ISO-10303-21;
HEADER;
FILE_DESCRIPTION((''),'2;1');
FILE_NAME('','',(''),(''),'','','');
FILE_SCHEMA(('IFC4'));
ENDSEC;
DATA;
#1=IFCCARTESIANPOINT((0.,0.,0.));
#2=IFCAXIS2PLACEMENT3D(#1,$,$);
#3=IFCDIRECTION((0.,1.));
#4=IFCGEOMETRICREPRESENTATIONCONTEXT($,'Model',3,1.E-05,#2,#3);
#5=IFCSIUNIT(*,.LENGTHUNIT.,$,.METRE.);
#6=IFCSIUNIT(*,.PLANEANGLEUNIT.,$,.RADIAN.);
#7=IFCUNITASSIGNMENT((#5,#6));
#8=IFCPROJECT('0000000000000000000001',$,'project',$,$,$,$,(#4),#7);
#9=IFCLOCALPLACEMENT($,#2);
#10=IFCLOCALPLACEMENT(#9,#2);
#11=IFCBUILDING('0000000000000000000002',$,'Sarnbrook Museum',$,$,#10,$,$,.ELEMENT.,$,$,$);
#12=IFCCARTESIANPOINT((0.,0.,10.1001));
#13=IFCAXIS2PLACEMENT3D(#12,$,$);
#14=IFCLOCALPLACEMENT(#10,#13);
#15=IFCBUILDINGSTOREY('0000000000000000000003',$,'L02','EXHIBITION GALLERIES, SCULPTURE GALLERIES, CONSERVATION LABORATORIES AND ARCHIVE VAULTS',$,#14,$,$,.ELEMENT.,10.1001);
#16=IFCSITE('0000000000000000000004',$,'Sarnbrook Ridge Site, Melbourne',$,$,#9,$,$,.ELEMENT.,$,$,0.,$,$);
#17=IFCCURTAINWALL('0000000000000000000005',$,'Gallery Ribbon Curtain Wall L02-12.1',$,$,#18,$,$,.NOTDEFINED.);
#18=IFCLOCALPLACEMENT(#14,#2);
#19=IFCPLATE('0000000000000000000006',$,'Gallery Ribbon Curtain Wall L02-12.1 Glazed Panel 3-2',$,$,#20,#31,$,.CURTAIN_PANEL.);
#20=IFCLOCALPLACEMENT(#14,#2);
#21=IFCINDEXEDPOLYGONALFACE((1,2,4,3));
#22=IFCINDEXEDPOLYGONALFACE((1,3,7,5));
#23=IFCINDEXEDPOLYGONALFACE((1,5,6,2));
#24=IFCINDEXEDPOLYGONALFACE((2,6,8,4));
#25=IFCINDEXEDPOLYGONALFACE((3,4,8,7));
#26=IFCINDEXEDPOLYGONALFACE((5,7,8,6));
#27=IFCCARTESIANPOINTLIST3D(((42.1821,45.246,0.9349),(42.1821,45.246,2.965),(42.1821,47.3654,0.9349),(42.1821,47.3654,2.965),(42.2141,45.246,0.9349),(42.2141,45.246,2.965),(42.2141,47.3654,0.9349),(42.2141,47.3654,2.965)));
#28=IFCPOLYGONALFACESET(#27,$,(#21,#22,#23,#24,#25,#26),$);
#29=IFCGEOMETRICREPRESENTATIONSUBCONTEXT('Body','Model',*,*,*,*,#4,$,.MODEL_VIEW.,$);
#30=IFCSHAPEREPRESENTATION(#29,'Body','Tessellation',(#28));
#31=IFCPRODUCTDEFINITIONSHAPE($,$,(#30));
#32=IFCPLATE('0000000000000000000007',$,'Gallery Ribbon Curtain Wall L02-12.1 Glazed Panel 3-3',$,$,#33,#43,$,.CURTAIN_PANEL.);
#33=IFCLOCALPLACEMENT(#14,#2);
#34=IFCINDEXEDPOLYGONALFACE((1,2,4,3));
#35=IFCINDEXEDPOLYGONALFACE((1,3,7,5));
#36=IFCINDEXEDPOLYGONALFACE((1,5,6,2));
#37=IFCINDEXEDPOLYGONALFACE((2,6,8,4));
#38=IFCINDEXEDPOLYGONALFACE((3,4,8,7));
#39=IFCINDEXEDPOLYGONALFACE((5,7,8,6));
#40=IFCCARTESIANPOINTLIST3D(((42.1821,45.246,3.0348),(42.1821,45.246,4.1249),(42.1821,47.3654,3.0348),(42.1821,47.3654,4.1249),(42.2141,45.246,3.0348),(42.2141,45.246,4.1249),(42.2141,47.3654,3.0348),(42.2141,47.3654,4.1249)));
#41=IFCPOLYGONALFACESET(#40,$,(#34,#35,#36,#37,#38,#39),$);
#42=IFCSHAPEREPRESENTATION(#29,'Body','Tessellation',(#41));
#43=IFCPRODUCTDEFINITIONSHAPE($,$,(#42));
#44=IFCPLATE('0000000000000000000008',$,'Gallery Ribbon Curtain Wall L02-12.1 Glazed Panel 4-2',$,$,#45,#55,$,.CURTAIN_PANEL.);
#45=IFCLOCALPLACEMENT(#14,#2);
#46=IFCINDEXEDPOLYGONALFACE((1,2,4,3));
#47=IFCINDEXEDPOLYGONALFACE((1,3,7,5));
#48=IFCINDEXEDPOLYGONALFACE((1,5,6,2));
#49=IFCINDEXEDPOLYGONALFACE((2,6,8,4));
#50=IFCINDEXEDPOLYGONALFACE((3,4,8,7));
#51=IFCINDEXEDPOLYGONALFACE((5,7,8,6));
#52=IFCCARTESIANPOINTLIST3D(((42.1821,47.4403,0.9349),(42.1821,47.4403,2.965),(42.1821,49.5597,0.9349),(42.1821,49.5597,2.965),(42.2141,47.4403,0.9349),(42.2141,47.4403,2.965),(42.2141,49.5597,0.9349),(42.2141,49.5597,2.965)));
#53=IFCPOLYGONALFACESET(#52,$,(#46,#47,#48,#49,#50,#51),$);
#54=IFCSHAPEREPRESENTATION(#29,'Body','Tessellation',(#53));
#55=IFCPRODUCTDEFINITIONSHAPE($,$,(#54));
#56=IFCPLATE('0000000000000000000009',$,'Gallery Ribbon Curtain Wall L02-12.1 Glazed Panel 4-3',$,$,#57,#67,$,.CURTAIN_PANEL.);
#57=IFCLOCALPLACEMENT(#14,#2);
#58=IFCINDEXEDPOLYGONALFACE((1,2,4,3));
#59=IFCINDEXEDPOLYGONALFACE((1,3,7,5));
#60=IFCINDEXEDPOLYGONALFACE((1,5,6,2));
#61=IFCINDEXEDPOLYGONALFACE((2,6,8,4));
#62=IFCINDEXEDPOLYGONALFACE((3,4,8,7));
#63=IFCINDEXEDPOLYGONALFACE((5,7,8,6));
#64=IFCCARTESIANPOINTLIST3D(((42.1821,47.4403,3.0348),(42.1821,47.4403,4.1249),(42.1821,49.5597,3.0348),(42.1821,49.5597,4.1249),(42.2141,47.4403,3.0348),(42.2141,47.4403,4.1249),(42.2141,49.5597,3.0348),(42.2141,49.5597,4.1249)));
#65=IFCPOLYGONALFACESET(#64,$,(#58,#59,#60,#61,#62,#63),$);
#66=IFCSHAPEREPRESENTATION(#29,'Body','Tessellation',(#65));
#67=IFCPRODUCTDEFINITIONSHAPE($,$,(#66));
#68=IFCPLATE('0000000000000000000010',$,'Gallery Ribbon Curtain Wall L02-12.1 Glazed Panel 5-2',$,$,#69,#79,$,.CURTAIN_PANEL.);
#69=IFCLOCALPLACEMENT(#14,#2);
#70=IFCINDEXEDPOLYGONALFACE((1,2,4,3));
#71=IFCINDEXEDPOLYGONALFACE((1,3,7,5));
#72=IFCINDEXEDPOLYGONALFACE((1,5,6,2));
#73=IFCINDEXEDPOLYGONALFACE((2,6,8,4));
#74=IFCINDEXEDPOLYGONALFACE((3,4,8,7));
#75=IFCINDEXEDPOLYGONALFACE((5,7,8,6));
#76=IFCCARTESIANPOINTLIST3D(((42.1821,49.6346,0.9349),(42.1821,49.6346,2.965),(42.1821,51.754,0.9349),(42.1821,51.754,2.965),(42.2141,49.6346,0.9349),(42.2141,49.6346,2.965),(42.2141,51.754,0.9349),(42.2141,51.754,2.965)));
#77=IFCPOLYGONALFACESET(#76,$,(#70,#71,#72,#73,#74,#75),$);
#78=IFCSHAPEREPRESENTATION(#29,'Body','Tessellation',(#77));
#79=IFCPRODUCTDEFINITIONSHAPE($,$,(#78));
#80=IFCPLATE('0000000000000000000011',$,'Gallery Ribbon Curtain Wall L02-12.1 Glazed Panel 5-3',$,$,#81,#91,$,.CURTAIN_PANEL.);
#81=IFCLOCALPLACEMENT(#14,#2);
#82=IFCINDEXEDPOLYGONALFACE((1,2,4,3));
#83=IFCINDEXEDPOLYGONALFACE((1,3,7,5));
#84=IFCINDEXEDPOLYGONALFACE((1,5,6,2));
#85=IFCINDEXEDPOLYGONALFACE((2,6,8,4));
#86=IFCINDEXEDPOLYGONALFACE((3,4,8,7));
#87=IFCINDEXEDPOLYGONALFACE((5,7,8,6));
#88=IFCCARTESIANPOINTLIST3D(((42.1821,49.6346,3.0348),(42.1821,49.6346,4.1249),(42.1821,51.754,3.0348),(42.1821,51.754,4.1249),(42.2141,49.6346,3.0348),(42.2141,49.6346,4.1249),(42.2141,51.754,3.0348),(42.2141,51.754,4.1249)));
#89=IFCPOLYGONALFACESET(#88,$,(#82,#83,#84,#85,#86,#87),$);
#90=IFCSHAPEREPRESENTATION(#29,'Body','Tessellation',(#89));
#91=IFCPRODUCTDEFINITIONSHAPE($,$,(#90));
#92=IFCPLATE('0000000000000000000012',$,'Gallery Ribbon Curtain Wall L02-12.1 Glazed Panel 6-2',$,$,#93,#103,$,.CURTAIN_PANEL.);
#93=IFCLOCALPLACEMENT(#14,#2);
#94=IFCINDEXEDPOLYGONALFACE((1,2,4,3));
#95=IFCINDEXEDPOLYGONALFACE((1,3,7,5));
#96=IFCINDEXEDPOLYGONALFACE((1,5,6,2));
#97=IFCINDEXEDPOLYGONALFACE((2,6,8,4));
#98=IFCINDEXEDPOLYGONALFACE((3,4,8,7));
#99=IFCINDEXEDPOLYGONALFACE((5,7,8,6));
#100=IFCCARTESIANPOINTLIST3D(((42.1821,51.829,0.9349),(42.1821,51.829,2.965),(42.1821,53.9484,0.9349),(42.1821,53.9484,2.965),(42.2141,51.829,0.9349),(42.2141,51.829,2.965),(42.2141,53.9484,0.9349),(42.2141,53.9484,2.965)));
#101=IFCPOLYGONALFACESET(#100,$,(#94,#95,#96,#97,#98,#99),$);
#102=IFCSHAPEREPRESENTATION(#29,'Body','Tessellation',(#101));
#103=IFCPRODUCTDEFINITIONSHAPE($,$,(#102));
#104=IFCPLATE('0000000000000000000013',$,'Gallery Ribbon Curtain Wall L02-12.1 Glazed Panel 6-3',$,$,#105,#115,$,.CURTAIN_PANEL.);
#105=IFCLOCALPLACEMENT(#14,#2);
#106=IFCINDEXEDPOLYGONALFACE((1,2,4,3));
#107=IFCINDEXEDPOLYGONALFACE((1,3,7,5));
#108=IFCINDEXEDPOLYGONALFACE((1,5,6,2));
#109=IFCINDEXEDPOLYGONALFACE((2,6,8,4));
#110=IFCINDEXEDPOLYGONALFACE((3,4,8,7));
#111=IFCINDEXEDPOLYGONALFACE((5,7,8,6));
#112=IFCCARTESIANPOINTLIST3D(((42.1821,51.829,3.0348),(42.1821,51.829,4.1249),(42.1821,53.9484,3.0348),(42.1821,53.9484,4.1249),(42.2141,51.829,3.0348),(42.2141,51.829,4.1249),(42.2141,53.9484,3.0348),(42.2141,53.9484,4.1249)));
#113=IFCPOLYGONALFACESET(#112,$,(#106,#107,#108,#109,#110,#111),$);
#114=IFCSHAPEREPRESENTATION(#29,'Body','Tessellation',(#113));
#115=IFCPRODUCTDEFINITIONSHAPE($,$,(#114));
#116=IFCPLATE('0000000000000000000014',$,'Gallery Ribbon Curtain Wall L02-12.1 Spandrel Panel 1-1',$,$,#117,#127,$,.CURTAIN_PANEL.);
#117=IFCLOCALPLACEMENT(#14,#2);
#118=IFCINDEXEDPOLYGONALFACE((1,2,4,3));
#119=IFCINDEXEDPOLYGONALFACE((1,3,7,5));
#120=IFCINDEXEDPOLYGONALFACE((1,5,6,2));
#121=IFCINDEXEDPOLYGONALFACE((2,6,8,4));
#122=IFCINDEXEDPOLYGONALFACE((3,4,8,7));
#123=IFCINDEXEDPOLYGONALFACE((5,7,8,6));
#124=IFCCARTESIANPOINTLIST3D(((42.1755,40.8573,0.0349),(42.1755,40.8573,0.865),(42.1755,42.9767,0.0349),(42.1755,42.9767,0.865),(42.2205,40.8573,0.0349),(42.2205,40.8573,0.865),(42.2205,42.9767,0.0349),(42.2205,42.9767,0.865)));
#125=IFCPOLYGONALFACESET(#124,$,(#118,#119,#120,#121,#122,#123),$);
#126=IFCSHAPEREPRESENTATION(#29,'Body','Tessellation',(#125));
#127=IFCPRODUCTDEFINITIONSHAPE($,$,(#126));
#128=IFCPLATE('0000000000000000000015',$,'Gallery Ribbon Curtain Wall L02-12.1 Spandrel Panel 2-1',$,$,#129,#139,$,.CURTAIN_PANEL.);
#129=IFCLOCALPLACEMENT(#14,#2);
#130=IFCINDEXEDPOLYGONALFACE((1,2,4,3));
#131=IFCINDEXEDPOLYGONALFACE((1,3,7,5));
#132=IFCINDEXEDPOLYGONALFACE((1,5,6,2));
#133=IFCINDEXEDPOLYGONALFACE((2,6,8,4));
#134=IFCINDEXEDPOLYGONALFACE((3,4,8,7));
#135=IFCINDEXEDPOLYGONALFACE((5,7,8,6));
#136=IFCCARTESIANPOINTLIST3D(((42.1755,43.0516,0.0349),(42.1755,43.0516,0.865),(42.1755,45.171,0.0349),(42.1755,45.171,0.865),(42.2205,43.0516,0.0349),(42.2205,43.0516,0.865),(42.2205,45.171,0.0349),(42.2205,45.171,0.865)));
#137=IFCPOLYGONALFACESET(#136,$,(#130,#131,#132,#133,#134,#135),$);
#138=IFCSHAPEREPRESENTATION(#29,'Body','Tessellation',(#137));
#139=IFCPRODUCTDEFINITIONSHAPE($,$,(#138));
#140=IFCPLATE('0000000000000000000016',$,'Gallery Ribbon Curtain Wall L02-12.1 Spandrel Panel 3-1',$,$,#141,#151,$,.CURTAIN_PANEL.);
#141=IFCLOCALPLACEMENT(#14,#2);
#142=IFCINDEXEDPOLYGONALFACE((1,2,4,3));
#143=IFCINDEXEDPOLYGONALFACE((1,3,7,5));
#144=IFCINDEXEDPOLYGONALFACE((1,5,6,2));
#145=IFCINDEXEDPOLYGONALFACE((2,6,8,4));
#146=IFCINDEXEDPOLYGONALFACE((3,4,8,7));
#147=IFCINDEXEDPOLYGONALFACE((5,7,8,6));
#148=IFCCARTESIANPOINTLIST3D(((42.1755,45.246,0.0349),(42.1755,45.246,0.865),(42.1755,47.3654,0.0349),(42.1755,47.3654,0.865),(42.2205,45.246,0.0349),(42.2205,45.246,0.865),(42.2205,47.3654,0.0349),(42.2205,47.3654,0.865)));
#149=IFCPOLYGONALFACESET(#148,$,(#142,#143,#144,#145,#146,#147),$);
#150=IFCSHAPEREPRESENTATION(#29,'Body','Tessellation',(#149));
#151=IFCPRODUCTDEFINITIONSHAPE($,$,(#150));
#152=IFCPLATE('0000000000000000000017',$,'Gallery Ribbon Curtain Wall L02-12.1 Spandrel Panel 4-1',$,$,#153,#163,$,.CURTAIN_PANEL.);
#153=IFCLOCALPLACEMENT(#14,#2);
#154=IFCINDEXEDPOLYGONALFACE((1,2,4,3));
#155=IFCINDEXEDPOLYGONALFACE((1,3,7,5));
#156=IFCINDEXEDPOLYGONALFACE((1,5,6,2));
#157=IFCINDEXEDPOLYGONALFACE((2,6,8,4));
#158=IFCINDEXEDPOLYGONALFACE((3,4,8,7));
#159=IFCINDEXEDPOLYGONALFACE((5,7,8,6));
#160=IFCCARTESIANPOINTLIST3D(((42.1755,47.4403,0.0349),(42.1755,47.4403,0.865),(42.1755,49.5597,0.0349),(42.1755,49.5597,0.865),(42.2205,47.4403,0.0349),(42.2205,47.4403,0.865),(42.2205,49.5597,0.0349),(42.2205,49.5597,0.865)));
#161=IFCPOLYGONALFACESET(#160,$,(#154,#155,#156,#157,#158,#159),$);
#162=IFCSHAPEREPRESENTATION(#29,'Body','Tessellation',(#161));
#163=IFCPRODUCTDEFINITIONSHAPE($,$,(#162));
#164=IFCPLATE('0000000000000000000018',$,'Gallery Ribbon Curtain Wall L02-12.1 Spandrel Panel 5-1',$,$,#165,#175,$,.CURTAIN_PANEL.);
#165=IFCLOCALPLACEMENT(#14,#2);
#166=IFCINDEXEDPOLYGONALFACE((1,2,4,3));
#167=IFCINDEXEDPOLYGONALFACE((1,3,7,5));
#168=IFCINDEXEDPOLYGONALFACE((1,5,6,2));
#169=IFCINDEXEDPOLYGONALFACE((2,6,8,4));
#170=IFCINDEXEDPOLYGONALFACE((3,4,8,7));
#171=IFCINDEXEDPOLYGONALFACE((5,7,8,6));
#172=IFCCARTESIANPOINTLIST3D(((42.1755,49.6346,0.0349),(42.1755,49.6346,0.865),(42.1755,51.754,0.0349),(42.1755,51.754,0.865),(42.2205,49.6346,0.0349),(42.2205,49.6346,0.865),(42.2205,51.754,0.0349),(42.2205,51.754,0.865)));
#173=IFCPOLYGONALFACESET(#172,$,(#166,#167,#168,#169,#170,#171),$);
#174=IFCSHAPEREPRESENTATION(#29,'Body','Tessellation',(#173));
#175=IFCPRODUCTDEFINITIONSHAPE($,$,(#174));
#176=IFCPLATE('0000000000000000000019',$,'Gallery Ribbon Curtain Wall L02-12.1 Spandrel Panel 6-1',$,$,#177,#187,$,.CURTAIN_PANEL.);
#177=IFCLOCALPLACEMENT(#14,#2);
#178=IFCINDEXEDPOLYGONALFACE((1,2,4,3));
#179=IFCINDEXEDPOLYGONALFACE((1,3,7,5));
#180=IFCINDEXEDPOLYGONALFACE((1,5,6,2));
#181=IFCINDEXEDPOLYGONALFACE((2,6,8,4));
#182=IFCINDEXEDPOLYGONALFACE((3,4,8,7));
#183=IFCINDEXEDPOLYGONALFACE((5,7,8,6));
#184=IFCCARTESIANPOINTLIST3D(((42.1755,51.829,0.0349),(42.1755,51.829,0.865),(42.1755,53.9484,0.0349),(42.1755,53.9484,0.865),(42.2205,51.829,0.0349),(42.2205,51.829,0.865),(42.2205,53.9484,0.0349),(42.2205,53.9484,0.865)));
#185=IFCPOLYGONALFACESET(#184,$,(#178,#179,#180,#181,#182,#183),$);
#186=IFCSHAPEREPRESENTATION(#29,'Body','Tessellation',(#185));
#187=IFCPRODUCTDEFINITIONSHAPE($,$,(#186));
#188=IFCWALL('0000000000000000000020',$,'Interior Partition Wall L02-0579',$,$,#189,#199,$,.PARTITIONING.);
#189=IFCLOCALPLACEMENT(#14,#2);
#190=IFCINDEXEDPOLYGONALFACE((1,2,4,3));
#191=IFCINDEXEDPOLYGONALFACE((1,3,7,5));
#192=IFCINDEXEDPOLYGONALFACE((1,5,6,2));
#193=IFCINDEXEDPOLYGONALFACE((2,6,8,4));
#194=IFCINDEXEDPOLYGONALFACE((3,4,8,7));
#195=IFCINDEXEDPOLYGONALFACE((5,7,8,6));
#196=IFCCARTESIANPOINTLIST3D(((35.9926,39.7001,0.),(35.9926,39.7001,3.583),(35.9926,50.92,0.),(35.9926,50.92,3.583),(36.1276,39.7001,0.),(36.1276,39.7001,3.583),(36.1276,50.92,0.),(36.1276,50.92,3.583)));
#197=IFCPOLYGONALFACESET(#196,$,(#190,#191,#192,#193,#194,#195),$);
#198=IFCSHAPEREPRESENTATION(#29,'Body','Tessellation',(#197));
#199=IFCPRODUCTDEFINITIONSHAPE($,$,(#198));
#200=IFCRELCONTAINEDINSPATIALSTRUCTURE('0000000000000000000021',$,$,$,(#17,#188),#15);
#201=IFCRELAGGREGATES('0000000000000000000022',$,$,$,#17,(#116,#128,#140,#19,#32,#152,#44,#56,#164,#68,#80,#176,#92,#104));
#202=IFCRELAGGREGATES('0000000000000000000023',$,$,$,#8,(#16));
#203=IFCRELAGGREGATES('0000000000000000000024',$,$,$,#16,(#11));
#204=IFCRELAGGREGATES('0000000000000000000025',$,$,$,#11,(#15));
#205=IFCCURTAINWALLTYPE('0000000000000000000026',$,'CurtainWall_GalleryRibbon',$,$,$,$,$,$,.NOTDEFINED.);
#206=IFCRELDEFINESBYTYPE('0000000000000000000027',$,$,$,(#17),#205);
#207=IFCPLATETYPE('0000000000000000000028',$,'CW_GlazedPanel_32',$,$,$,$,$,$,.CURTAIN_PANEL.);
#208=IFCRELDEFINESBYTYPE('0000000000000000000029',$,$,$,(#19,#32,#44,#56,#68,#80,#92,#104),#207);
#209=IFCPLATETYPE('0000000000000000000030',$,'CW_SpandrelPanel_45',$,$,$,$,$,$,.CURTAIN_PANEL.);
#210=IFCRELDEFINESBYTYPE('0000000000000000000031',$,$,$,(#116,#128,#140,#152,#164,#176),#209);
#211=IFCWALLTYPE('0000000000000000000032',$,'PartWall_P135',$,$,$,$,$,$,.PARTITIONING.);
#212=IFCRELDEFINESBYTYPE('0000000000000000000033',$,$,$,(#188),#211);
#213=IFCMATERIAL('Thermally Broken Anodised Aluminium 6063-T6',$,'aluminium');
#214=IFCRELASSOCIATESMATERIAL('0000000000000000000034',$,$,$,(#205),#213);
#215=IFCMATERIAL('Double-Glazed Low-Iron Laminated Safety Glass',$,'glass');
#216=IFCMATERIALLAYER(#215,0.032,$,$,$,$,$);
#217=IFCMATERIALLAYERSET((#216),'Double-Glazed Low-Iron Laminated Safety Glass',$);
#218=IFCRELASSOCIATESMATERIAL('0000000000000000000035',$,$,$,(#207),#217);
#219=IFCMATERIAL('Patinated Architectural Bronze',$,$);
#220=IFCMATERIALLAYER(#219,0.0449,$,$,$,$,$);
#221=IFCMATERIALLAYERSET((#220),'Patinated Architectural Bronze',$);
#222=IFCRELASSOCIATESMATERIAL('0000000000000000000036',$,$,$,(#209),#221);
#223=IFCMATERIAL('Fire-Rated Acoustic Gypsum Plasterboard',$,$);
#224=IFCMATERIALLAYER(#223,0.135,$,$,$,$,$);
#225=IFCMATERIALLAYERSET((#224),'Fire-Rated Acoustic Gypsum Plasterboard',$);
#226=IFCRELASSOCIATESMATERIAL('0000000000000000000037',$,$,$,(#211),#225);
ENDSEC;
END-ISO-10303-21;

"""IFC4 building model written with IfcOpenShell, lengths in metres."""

from ifc_helpers import new_model, si_unit, direction, frame, frame_2d, origin, origin_2d, place, context, subcontext, project, spatial, rectangle, extrude, material, layer, layer_set, type_object, element, aggregate, save


model = new_model("IFC4")

# Units and contexts
model_context = context("Model", 3, precision=1e-05, world=origin(), true_north=direction((0.0, 1.0)))
body_context = subcontext(model_context, "Body", "Model", "MODEL_VIEW")
ifc_project = project(units=[si_unit("LENGTHUNIT", "METRE"), si_unit("PLANEANGLEUNIT", "RADIAN")], contexts=[model_context])

# Site, building, storey
site_placement = place(None, origin())
site = spatial("IfcSite", under=ifc_project, at=site_placement, Name="Sarnbrook Ridge Site, Melbourne", CompositionType="ELEMENT", RefElevation=0.0)
building_placement = place(site_placement, origin())
building = spatial("IfcBuilding", under=site, at=building_placement, Name="Sarnbrook Museum", CompositionType="ELEMENT")
storey_placement = place(building_placement, frame((0.0, 0.0, 10.1001)))
storey = spatial("IfcBuildingStorey", under=building, at=storey_placement, Name="L02", Description="EXHIBITION GALLERIES, SCULPTURE GALLERIES, CONSERVATION LABORATORIES AND ARCHIVE VAULTS", CompositionType="ELEMENT", Elevation=10.1001)

# Curtain wall, plates
ifc_material_1 = material(Name="Thermally Broken Anodised Aluminium 6063-T6", Category="aluminium")
curtain_wall_type = type_object("IfcCurtainWallType", Name="CurtainWall_GalleryRibbon", PredefinedType="NOTDEFINED", material=ifc_material_1)
curtain_wall_placement = place(storey_placement, origin())
curtain_wall = element("IfcCurtainWall", 1, at=curtain_wall_placement, inside=storey, type_object=curtain_wall_type, Name="Gallery Ribbon Curtain Wall L02-12.1", PredefinedType="NOTDEFINED")
ifc_material_2 = material(Name="Double-Glazed Low-Iron Laminated Safety Glass", Category="glass")
ifc_layer_1 = layer(ifc_material_2, 0.032)
ifc_layer_set_1 = layer_set([ifc_layer_1], Name="Double-Glazed Low-Iron Laminated Safety Glass")
plate_type_1 = type_object("IfcPlateType", Name="CW_GlazedPanel_32", PredefinedType="CURTAIN_PANEL", material=ifc_layer_set_1)
plate_1_placement = place(storey_placement, frame((42.1821, 46.3057, 1.95), z_axis=(1.0, 0.0, 0.0), x_axis=(0.0, 1.0, 0.0)))
plate_1 = element("IfcPlate", 2, at=plate_1_placement, type_object=plate_type_1, Name="Gallery Ribbon Curtain Wall L02-12.1 Glazed Panel 3-2", PredefinedType="CURTAIN_PANEL", context=body_context, shape_type="SweptSolid", body=[
    extrude(rectangle(XDim=2.1194, YDim=2.03, at=origin_2d()), origin(), (0.0, 0.0, 1.0), 0.032),
])
plate_2_placement = place(storey_placement, frame((42.1821, 46.3057, 3.5798), z_axis=(1.0, 0.0, 0.0), x_axis=(0.0, 1.0, 0.0)))
plate_2 = element("IfcPlate", 3, at=plate_2_placement, type_object=plate_type_1, Name="Gallery Ribbon Curtain Wall L02-12.1 Glazed Panel 3-3", PredefinedType="CURTAIN_PANEL", context=body_context, shape_type="SweptSolid", body=[
    extrude(rectangle(XDim=2.1194, YDim=1.0901, at=origin_2d()), origin(), (0.0, 0.0, 1.0), 0.032),
])
plate_3_placement = place(storey_placement, frame((42.1821, 48.5, 1.95), z_axis=(1.0, 0.0, 0.0), x_axis=(0.0, 1.0, 0.0)))
plate_3 = element("IfcPlate", 4, at=plate_3_placement, type_object=plate_type_1, Name="Gallery Ribbon Curtain Wall L02-12.1 Glazed Panel 4-2", PredefinedType="CURTAIN_PANEL", context=body_context, shape_type="SweptSolid", body=[
    extrude(rectangle(XDim=2.1194, YDim=2.03, at=origin_2d()), origin(), (0.0, 0.0, 1.0), 0.032),
])
plate_4_placement = place(storey_placement, frame((42.1821, 48.5, 3.5798), z_axis=(1.0, 0.0, 0.0), x_axis=(0.0, 1.0, 0.0)))
plate_4 = element("IfcPlate", 5, at=plate_4_placement, type_object=plate_type_1, Name="Gallery Ribbon Curtain Wall L02-12.1 Glazed Panel 4-3", PredefinedType="CURTAIN_PANEL", context=body_context, shape_type="SweptSolid", body=[
    extrude(rectangle(XDim=2.1194, YDim=1.0901, at=origin_2d()), origin(), (0.0, 0.0, 1.0), 0.032),
])
plate_5_placement = place(storey_placement, frame((42.1821, 50.6943, 1.95), z_axis=(1.0, 0.0, 0.0), x_axis=(0.0, 1.0, 0.0)))
plate_5 = element("IfcPlate", 6, at=plate_5_placement, type_object=plate_type_1, Name="Gallery Ribbon Curtain Wall L02-12.1 Glazed Panel 5-2", PredefinedType="CURTAIN_PANEL", context=body_context, shape_type="SweptSolid", body=[
    extrude(rectangle(XDim=2.1194, YDim=2.03, at=origin_2d()), origin(), (0.0, 0.0, 1.0), 0.032),
])
plate_6_placement = place(storey_placement, frame((42.1821, 50.6943, 3.5798), z_axis=(1.0, 0.0, 0.0), x_axis=(0.0, 1.0, 0.0)))
plate_6 = element("IfcPlate", 7, at=plate_6_placement, type_object=plate_type_1, Name="Gallery Ribbon Curtain Wall L02-12.1 Glazed Panel 5-3", PredefinedType="CURTAIN_PANEL", context=body_context, shape_type="SweptSolid", body=[
    extrude(rectangle(XDim=2.1194, YDim=1.0901, at=origin_2d()), origin(), (0.0, 0.0, 1.0), 0.032),
])
plate_7_placement = place(storey_placement, frame((42.1821, 52.8887, 1.95), z_axis=(1.0, 0.0, 0.0), x_axis=(0.0, 1.0, 0.0)))
plate_7 = element("IfcPlate", 8, at=plate_7_placement, type_object=plate_type_1, Name="Gallery Ribbon Curtain Wall L02-12.1 Glazed Panel 6-2", PredefinedType="CURTAIN_PANEL", context=body_context, shape_type="SweptSolid", body=[
    extrude(rectangle(XDim=2.1194, YDim=2.03, at=origin_2d()), origin(), (0.0, 0.0, 1.0), 0.032),
])
plate_8_placement = place(storey_placement, frame((42.1821, 52.8887, 3.5798), z_axis=(1.0, 0.0, 0.0), x_axis=(0.0, 1.0, 0.0)))
plate_8 = element("IfcPlate", 9, at=plate_8_placement, type_object=plate_type_1, Name="Gallery Ribbon Curtain Wall L02-12.1 Glazed Panel 6-3", PredefinedType="CURTAIN_PANEL", context=body_context, shape_type="SweptSolid", body=[
    extrude(rectangle(XDim=2.1194, YDim=1.0901, at=origin_2d()), origin(), (0.0, 0.0, 1.0), 0.032),
])
ifc_material_3 = material(Name="Patinated Architectural Bronze")
ifc_layer_2 = layer(ifc_material_3, 0.0449)
ifc_layer_set_2 = layer_set([ifc_layer_2], Name="Patinated Architectural Bronze")
plate_type_2 = type_object("IfcPlateType", Name="CW_SpandrelPanel_45", PredefinedType="CURTAIN_PANEL", material=ifc_layer_set_2)
plate_9_placement = place(storey_placement, frame((42.1755, 41.917, 0.45), z_axis=(1.0, 0.0, 0.0), x_axis=(0.0, 1.0, 0.0)))
plate_9 = element("IfcPlate", 10, at=plate_9_placement, type_object=plate_type_2, Name="Gallery Ribbon Curtain Wall L02-12.1 Spandrel Panel 1-1", PredefinedType="CURTAIN_PANEL", context=body_context, shape_type="SweptSolid", body=[
    extrude(rectangle(XDim=2.1194, YDim=0.8301, at=origin_2d()), origin(), (0.0, 0.0, 1.0), 0.0449),
])
plate_10_placement = place(storey_placement, frame((42.1755, 44.1113, 0.45), z_axis=(1.0, 0.0, 0.0), x_axis=(0.0, 1.0, 0.0)))
plate_10 = element("IfcPlate", 11, at=plate_10_placement, type_object=plate_type_2, Name="Gallery Ribbon Curtain Wall L02-12.1 Spandrel Panel 2-1", PredefinedType="CURTAIN_PANEL", context=body_context, shape_type="SweptSolid", body=[
    extrude(rectangle(XDim=2.1194, YDim=0.8301, at=origin_2d()), origin(), (0.0, 0.0, 1.0), 0.0449),
])
plate_11_placement = place(storey_placement, frame((42.1755, 46.3057, 0.45), z_axis=(1.0, 0.0, 0.0), x_axis=(0.0, 1.0, 0.0)))
plate_11 = element("IfcPlate", 12, at=plate_11_placement, type_object=plate_type_2, Name="Gallery Ribbon Curtain Wall L02-12.1 Spandrel Panel 3-1", PredefinedType="CURTAIN_PANEL", context=body_context, shape_type="SweptSolid", body=[
    extrude(rectangle(XDim=2.1194, YDim=0.8301, at=origin_2d()), origin(), (0.0, 0.0, 1.0), 0.0449),
])
plate_12_placement = place(storey_placement, frame((42.1755, 48.5, 0.45), z_axis=(1.0, 0.0, 0.0), x_axis=(0.0, 1.0, 0.0)))
plate_12 = element("IfcPlate", 13, at=plate_12_placement, type_object=plate_type_2, Name="Gallery Ribbon Curtain Wall L02-12.1 Spandrel Panel 4-1", PredefinedType="CURTAIN_PANEL", context=body_context, shape_type="SweptSolid", body=[
    extrude(rectangle(XDim=2.1194, YDim=0.8301, at=origin_2d()), origin(), (0.0, 0.0, 1.0), 0.0449),
])
plate_13_placement = place(storey_placement, frame((42.1755, 50.6943, 0.45), z_axis=(1.0, 0.0, 0.0), x_axis=(0.0, 1.0, 0.0)))
plate_13 = element("IfcPlate", 14, at=plate_13_placement, type_object=plate_type_2, Name="Gallery Ribbon Curtain Wall L02-12.1 Spandrel Panel 5-1", PredefinedType="CURTAIN_PANEL", context=body_context, shape_type="SweptSolid", body=[
    extrude(rectangle(XDim=2.1194, YDim=0.8301, at=origin_2d()), origin(), (0.0, 0.0, 1.0), 0.0449),
])
plate_14_placement = place(storey_placement, frame((42.1755, 52.8887, 0.45), z_axis=(1.0, 0.0, 0.0), x_axis=(0.0, 1.0, 0.0)))
plate_14 = element("IfcPlate", 15, at=plate_14_placement, type_object=plate_type_2, Name="Gallery Ribbon Curtain Wall L02-12.1 Spandrel Panel 6-1", PredefinedType="CURTAIN_PANEL", context=body_context, shape_type="SweptSolid", body=[
    extrude(rectangle(XDim=2.1194, YDim=0.8301, at=origin_2d()), origin(), (0.0, 0.0, 1.0), 0.0449),
])
aggregate(curtain_wall, [plate_9, plate_10, plate_11, plate_1, plate_2, plate_12, plate_3, plate_4, plate_13, plate_5, plate_6, plate_14, plate_7, plate_8])

# Wall
ifc_material_4 = material(Name="Fire-Rated Acoustic Gypsum Plasterboard")
ifc_layer_3 = layer(ifc_material_4, 0.135)
ifc_layer_set_3 = layer_set([ifc_layer_3], Name="Fire-Rated Acoustic Gypsum Plasterboard")
wall_type_1 = type_object("IfcWallType", Name="PartWall_P135", PredefinedType="PARTITIONING", material=ifc_layer_set_3)
wall_1_placement = place(storey_placement, frame((36.0601, 50.9199, 0.0), z_axis=(0.0, 0.0, 1.0), x_axis=(0.0, -1.0, 0.0)))
element("IfcWall", 16, at=wall_1_placement, inside=storey, type_object=wall_type_1, Name="Interior Partition Wall L02-0579", PredefinedType="PARTITIONING", context=body_context, shape_type="SweptSolid", body=[
    extrude(rectangle(XDim=11.22, YDim=0.135, at=frame_2d((5.6099, 0.0))), origin(), (0.0, 0.0, 1.0), 3.583),
])

save(model, "model.ifc")
